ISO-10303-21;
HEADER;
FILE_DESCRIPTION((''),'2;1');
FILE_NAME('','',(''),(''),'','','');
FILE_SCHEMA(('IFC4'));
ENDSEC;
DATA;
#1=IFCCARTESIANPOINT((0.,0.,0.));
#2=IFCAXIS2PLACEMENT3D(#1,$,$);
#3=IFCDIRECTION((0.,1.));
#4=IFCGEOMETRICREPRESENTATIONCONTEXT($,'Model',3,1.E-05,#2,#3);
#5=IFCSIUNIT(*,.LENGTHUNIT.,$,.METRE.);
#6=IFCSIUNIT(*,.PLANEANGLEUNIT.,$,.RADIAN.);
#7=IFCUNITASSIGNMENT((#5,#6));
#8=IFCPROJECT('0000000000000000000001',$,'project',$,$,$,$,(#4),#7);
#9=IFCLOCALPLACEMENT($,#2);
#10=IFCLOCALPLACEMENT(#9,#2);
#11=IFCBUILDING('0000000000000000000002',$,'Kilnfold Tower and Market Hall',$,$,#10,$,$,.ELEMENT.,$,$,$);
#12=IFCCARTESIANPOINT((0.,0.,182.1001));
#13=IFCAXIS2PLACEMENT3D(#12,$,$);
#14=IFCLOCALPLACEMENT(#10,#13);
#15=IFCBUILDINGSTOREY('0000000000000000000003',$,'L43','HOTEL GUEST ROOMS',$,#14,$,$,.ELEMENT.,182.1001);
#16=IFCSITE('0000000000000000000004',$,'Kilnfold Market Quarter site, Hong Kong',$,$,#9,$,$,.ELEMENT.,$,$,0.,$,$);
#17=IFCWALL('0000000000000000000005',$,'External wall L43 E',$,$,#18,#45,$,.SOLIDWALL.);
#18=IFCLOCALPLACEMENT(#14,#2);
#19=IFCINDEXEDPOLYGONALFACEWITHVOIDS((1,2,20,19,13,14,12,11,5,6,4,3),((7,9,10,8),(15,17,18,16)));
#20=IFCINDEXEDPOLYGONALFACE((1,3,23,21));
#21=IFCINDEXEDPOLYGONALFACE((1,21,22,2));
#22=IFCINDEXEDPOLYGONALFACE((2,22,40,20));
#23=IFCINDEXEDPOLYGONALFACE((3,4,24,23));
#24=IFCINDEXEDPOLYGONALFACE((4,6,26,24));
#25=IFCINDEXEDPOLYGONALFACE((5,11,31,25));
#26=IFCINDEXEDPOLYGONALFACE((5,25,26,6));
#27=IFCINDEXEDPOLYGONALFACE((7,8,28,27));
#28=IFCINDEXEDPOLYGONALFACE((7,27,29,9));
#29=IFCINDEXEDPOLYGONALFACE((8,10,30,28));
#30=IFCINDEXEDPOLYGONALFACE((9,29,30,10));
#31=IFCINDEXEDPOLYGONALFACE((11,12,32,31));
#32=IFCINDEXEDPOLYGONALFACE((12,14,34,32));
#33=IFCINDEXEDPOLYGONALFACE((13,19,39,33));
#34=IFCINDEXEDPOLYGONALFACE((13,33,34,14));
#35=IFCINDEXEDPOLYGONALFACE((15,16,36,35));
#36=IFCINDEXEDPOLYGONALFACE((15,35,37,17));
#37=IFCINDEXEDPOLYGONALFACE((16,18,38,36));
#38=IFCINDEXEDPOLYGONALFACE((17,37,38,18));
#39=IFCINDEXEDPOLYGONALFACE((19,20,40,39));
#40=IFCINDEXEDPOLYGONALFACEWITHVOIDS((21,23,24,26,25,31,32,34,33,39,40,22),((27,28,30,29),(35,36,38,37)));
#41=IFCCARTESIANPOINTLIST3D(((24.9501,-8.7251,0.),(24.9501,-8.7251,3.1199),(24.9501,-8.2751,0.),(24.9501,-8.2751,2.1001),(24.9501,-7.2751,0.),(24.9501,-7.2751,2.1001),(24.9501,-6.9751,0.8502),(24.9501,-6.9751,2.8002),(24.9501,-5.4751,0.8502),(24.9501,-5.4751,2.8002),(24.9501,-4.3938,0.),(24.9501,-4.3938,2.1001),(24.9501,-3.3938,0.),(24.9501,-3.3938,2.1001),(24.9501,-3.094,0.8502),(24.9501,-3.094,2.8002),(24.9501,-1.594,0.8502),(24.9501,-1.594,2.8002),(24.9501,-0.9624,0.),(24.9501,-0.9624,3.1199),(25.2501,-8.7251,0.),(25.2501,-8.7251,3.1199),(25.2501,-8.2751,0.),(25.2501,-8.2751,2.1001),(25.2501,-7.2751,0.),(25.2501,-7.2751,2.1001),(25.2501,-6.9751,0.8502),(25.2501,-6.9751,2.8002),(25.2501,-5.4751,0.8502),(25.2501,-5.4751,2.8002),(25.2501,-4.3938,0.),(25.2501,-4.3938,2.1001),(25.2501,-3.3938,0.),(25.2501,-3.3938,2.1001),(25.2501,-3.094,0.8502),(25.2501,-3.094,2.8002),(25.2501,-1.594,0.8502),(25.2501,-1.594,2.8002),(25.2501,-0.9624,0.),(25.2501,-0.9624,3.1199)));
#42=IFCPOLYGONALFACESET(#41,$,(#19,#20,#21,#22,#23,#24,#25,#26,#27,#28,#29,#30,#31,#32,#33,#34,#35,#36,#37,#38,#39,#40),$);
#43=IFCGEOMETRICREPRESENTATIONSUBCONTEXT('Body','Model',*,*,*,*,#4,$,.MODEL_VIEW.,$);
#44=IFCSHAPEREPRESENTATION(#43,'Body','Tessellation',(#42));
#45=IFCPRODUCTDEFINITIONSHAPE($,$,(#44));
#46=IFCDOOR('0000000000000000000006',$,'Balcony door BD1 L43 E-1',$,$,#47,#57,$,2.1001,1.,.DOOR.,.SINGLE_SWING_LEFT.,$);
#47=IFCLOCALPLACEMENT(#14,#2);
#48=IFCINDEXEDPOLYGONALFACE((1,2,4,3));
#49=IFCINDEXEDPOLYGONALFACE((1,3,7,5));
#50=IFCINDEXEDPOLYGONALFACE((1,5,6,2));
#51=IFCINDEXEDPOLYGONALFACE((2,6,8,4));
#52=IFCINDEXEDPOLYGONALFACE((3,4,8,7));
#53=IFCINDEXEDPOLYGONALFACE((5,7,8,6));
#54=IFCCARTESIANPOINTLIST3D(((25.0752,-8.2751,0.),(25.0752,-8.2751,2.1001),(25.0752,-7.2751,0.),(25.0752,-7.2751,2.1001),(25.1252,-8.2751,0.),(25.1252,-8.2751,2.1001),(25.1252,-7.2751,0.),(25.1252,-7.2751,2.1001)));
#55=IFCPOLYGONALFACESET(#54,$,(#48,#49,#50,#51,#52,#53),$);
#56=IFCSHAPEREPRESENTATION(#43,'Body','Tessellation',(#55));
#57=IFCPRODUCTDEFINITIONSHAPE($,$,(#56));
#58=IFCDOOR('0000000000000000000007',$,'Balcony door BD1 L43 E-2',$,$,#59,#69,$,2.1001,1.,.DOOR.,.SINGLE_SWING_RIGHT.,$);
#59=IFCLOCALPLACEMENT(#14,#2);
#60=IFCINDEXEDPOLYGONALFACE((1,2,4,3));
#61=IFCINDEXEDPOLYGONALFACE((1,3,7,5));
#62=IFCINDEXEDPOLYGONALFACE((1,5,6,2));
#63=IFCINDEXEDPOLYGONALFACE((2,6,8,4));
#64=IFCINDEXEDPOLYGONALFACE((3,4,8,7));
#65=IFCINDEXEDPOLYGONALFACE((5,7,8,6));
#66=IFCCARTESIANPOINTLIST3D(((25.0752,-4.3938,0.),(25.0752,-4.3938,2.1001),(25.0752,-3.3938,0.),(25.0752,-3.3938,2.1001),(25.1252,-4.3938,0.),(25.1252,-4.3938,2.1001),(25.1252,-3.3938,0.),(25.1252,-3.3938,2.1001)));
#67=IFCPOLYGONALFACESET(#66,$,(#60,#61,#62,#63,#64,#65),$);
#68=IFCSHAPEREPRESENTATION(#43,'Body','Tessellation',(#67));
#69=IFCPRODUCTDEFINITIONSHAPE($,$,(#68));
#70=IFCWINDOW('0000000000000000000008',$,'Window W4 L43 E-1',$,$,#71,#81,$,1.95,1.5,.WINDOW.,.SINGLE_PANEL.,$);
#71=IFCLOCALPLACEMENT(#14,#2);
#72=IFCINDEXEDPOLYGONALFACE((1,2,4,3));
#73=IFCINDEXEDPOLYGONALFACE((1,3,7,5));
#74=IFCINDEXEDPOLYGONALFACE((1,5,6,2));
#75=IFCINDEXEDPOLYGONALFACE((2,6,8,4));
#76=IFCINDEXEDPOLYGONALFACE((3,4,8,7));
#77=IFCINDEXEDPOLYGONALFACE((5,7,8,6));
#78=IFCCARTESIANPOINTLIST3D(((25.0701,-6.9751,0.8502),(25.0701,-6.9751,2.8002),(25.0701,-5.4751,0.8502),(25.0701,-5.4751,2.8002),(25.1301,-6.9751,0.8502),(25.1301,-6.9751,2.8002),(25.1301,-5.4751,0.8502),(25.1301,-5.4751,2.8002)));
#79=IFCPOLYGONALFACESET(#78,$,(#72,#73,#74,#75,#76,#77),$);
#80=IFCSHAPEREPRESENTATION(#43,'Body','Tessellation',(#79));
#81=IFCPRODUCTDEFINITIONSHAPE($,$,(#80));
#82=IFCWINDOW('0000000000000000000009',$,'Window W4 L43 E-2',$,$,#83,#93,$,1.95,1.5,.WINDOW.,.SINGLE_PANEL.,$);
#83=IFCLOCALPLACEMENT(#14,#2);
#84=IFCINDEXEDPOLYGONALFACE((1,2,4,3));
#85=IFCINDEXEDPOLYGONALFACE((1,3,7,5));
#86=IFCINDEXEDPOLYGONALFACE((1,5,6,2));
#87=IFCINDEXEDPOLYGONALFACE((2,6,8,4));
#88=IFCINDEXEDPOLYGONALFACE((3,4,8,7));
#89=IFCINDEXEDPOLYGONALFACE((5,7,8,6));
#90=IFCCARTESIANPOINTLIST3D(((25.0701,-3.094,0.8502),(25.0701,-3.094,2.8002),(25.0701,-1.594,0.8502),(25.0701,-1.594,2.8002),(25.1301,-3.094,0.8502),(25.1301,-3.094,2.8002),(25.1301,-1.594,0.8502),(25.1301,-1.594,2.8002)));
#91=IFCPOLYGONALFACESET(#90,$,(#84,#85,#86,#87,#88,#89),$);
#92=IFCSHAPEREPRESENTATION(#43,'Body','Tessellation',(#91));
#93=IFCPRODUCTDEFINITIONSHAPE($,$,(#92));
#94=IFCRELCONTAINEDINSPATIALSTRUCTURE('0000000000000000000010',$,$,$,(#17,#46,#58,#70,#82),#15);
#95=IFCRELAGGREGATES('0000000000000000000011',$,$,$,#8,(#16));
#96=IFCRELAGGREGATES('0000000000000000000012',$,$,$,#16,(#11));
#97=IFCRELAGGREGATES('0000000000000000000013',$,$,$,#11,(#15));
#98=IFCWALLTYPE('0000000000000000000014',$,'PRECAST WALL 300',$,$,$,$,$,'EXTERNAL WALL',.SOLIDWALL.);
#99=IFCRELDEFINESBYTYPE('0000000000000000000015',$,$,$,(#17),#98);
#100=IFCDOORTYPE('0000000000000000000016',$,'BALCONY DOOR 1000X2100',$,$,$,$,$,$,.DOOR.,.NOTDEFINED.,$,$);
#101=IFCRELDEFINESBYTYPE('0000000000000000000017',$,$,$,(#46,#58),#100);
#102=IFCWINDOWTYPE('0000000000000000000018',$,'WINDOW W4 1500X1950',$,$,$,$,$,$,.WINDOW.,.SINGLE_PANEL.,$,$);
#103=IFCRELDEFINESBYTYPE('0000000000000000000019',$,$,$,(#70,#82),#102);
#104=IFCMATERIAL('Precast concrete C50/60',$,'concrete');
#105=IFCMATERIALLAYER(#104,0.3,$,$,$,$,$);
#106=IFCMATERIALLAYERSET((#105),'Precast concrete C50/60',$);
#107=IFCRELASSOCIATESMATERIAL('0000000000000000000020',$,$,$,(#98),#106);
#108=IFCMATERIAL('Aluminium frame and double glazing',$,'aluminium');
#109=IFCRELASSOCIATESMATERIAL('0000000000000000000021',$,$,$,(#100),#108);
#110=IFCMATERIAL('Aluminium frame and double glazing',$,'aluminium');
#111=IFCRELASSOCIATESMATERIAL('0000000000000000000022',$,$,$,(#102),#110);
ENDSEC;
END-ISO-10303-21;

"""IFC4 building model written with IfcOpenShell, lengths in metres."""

from ifc_helpers import new_model, si_unit, direction, frame, frame_2d, origin, place, context, subcontext, project, spatial, rectangle, extrude, source, transform, mapped, material, layer, layer_set, type_object, element, fill, save


model = new_model("IFC4")

# Units and contexts
model_context = context("Model", 3, precision=1e-05, world=origin(), true_north=direction((0.0, 1.0)))
body_context = subcontext(model_context, "Body", "Model", "MODEL_VIEW")
ifc_project = project(units=[si_unit("LENGTHUNIT", "METRE"), si_unit("PLANEANGLEUNIT", "RADIAN")], contexts=[model_context])

# Site, building, storey
site_placement = place(None, origin())
site = spatial("IfcSite", under=ifc_project, at=site_placement, Name="Kilnfold Market Quarter site, Hong Kong", CompositionType="ELEMENT", RefElevation=0.0)
building_placement = place(site_placement, origin())
building = spatial("IfcBuilding", under=site, at=building_placement, Name="Kilnfold Tower and Market Hall", CompositionType="ELEMENT")
storey_placement = place(building_placement, frame((0.0, 0.0, 182.1001)))
storey = spatial("IfcBuildingStorey", under=building, at=storey_placement, Name="L43", Description="HOTEL GUEST ROOMS", CompositionType="ELEMENT", Elevation=182.1001)

# Wall, openings, doors, windows
ifc_material_1 = material(Name="Precast concrete C50/60", Category="concrete")
ifc_layer_1 = layer(ifc_material_1, 0.3)
ifc_layer_set_1 = layer_set([ifc_layer_1], Name="Precast concrete C50/60")
wall_type_1 = type_object("IfcWallType", Name="PRECAST WALL 300", ElementType="EXTERNAL WALL", PredefinedType="SOLIDWALL", material=ifc_layer_set_1)
shared_shape_1 = source(origin(), body_context, "Body", "SweptSolid", [
    extrude(rectangle(XDim=7.7627, YDim=0.3, at=frame_2d((3.8813, 0.0))), origin(), (0.0, 0.0, 1.0), 3.1199),
])
wall_1_placement = place(storey_placement, frame((25.1001, -8.7251, 0.0), z_axis=(0.0, 0.0, 1.0), x_axis=(0.0, 1.0, 0.0)))
wall_1 = element("IfcWall", 1, at=wall_1_placement, inside=storey, type_object=wall_type_1, Name="External wall L43 E", PredefinedType="SOLIDWALL", context=body_context, shape_type="MappedRepresentation", body=[
    mapped(shared_shape_1, transform((0.0, 0.0, 0.0))),
])
opening_1_placement = place(wall_1_placement, frame((1.75, 0.0, 0.8501)))
opening_1 = element("IfcOpeningElement", 2, at=opening_1_placement, cuts=wall_1, PredefinedType="OPENING", context=body_context, shape_type="SweptSolid", body=[
    extrude(rectangle(XDim=1.5, YDim=1.95, at=frame_2d((0.75, 0.9751))), frame((0.0, 0.1602, 0.0), z_axis=(0.0, -1.0, 0.0), x_axis=(1.0, 0.0, 0.0)), (0.0, 0.0, 1.0), 0.3201),
])
opening_2_placement = place(wall_1_placement, frame((0.45, 0.0, 0.0)))
opening_2 = element("IfcOpeningElement", 3, at=opening_2_placement, cuts=wall_1, PredefinedType="OPENING", context=body_context, shape_type="SweptSolid", body=[
    extrude(rectangle(XDim=1.0, YDim=2.1001, at=frame_2d((0.5, 1.05))), frame((0.0, 0.1602, 0.0), z_axis=(0.0, -1.0, 0.0), x_axis=(1.0, 0.0, 0.0)), (0.0, 0.0, 1.0), 0.3201),
])
opening_3_placement = place(wall_1_placement, frame((5.6311, 0.0, 0.8501)))
opening_3 = element("IfcOpeningElement", 4, at=opening_3_placement, cuts=wall_1, PredefinedType="OPENING", context=body_context, shape_type="SweptSolid", body=[
    extrude(rectangle(XDim=1.5, YDim=1.95, at=frame_2d((0.75, 0.9751))), frame((0.0, 0.1602, 0.0), z_axis=(0.0, -1.0, 0.0), x_axis=(1.0, 0.0, 0.0)), (0.0, 0.0, 1.0), 0.3201),
])
opening_4_placement = place(wall_1_placement, frame((4.3313, 0.0, 0.0)))
opening_4 = element("IfcOpeningElement", 5, at=opening_4_placement, cuts=wall_1, PredefinedType="OPENING", context=body_context, shape_type="SweptSolid", body=[
    extrude(rectangle(XDim=1.0, YDim=2.1001, at=frame_2d((0.5, 1.05))), frame((0.0, 0.1602, 0.0), z_axis=(0.0, -1.0, 0.0), x_axis=(1.0, 0.0, 0.0)), (0.0, 0.0, 1.0), 0.3201),
])
ifc_material_2 = material(Name="Aluminium frame and double glazing", Category="aluminium")
door_type_1 = type_object("IfcDoorType", Name="BALCONY DOOR 1000X2100", OperationType="NOTDEFINED", PredefinedType="DOOR", material=ifc_material_2)
door_1_placement = place(opening_2_placement, origin())
door_1 = element("IfcDoor", 6, at=door_1_placement, inside=storey, type_object=door_type_1, Name="Balcony door BD1 L43 E-1", OperationType="SINGLE_SWING_LEFT", OverallHeight=2.1001, OverallWidth=1.0, PredefinedType="DOOR", context=body_context, shape_type="SweptSolid", body=[
    extrude(rectangle(XDim=1.0, YDim=2.1001, at=frame_2d((0.5, 1.05))), frame((0.0, 0.0249, 0.0), z_axis=(0.0, -1.0, 0.0), x_axis=(1.0, 0.0, 0.0)), (0.0, 0.0, 1.0), 0.05),
])
fill(opening_2, door_1)
door_2_placement = place(opening_4_placement, origin())
door_2 = element("IfcDoor", 7, at=door_2_placement, inside=storey, type_object=door_type_1, Name="Balcony door BD1 L43 E-2", OperationType="SINGLE_SWING_RIGHT", OverallHeight=2.1001, OverallWidth=1.0, PredefinedType="DOOR", context=body_context, shape_type="SweptSolid", body=[
    extrude(rectangle(XDim=1.0, YDim=2.1001, at=frame_2d((0.5, 1.05))), frame((0.0, 0.0249, 0.0), z_axis=(0.0, -1.0, 0.0), x_axis=(1.0, 0.0, 0.0)), (0.0, 0.0, 1.0), 0.05),
])
fill(opening_4, door_2)
ifc_material_3 = material(Name="Aluminium frame and double glazing", Category="aluminium")
window_type = type_object("IfcWindowType", Name="WINDOW W4 1500X1950", PartitioningType="SINGLE_PANEL", PredefinedType="WINDOW", material=ifc_material_3)
window_1_placement = place(opening_1_placement, origin())
window_1 = element("IfcWindow", 8, at=window_1_placement, inside=storey, type_object=window_type, Name="Window W4 L43 E-1", OverallHeight=1.95, OverallWidth=1.5, PartitioningType="SINGLE_PANEL", PredefinedType="WINDOW", context=body_context, shape_type="SweptSolid", body=[
    extrude(rectangle(XDim=1.5, YDim=1.95, at=frame_2d((0.75, 0.9751))), frame((0.0, 0.03, 0.0), z_axis=(0.0, -1.0, 0.0), x_axis=(1.0, 0.0, 0.0)), (0.0, 0.0, 1.0), 0.0601),
])
fill(opening_1, window_1)
window_2_placement = place(opening_3_placement, origin())
window_2 = element("IfcWindow", 9, at=window_2_placement, inside=storey, type_object=window_type, Name="Window W4 L43 E-2", OverallHeight=1.95, OverallWidth=1.5, PartitioningType="SINGLE_PANEL", PredefinedType="WINDOW", context=body_context, shape_type="SweptSolid", body=[
    extrude(rectangle(XDim=1.5, YDim=1.95, at=frame_2d((0.75, 0.9751))), frame((0.0, 0.03, 0.0), z_axis=(0.0, -1.0, 0.0), x_axis=(1.0, 0.0, 0.0)), (0.0, 0.0, 1.0), 0.0601),
])
fill(opening_3, window_2)

save(model, "model.ifc")
